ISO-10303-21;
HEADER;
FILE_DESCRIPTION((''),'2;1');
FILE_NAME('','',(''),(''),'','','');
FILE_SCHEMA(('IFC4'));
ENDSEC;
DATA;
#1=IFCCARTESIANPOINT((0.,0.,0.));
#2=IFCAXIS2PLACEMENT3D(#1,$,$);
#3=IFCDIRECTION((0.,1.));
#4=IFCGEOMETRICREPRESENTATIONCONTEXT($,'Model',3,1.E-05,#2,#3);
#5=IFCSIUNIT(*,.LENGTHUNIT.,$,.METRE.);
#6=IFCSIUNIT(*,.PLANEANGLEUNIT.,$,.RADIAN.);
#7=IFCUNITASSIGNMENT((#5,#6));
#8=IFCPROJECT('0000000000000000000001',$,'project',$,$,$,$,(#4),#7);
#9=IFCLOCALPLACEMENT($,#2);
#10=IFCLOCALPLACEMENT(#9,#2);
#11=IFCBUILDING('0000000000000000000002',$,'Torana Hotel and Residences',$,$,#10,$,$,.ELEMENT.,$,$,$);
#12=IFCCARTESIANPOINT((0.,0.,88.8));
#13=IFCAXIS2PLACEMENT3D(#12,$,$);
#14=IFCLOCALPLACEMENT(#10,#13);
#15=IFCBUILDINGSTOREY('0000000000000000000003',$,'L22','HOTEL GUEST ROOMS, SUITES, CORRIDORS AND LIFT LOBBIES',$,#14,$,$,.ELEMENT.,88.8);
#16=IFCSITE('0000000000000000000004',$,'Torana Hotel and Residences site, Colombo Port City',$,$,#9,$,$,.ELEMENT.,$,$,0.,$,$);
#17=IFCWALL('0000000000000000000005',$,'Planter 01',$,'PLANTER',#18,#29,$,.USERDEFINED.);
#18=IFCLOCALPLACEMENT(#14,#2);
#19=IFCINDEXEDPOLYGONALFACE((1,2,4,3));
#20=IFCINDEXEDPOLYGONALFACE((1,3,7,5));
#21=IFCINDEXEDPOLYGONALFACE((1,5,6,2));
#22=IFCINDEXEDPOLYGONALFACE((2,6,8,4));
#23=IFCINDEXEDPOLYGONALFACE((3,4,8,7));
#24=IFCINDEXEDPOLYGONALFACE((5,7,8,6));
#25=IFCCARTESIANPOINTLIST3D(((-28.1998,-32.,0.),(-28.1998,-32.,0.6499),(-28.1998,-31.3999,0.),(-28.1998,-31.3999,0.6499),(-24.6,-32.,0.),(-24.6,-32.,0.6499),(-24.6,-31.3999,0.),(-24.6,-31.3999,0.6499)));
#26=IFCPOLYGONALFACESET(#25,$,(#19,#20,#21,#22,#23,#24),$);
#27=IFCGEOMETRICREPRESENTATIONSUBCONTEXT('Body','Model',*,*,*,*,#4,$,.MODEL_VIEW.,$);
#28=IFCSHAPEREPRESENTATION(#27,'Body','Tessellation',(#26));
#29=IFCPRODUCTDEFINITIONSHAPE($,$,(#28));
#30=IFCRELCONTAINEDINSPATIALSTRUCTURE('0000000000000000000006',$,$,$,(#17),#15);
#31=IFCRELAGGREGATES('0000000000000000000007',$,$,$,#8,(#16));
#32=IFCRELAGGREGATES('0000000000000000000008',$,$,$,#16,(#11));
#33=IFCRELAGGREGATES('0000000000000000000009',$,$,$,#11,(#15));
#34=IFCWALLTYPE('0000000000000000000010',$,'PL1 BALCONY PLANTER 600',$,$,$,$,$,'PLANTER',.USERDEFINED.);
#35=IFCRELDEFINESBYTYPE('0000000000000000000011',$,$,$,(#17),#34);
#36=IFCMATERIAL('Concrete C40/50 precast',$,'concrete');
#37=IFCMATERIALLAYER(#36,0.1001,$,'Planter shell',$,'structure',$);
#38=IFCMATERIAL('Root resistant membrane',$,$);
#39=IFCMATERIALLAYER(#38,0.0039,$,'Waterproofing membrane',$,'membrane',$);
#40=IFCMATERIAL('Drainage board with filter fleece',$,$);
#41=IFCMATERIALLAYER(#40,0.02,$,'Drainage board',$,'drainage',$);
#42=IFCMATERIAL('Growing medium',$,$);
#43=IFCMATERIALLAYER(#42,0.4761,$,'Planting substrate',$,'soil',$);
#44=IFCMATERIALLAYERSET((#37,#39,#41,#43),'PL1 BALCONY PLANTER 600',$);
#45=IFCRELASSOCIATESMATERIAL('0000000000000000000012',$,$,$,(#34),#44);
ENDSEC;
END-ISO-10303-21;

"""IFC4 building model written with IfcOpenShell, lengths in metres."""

from ifc_helpers import new_model, si_unit, direction, frame, frame_2d, origin, place, context, subcontext, project, spatial, rectangle, extrude, material, layer, layer_set, type_object, element, save


model = new_model("IFC4")

# Units and contexts
model_context = context("Model", 3, precision=1e-05, world=origin(), true_north=direction((0.0, 1.0)))
body_context = subcontext(model_context, "Body", "Model", "MODEL_VIEW")
ifc_project = project(units=[si_unit("LENGTHUNIT", "METRE"), si_unit("PLANEANGLEUNIT", "RADIAN")], contexts=[model_context])

# Site, building, storey
site_placement = place(None, origin())
site = spatial("IfcSite", under=ifc_project, at=site_placement, Name="Torana Hotel and Residences site, Colombo Port City", CompositionType="ELEMENT", RefElevation=0.0)
building_placement = place(site_placement, origin())
building = spatial("IfcBuilding", under=site, at=building_placement, Name="Torana Hotel and Residences", CompositionType="ELEMENT")
storey_placement = place(building_placement, frame((0.0, 0.0, 88.8)))
storey = spatial("IfcBuildingStorey", under=building, at=storey_placement, Name="L22", Description="HOTEL GUEST ROOMS, SUITES, CORRIDORS AND LIFT LOBBIES", CompositionType="ELEMENT", Elevation=88.8)

# Wall
ifc_material_1 = material(Name="Concrete C40/50 precast", Category="concrete")
ifc_layer_1 = layer(ifc_material_1, 0.1001, Name="Planter shell", Category="structure")
ifc_material_2 = material(Name="Root resistant membrane")
ifc_layer_2 = layer(ifc_material_2, 0.0039, Name="Waterproofing membrane", Category="membrane")
ifc_material_3 = material(Name="Drainage board with filter fleece")
ifc_layer_3 = layer(ifc_material_3, 0.02, Name="Drainage board", Category="drainage")
ifc_material_4 = material(Name="Growing medium")
ifc_layer_4 = layer(ifc_material_4, 0.4761, Name="Planting substrate", Category="soil")
ifc_layer_set_1 = layer_set([ifc_layer_1, ifc_layer_2, ifc_layer_3, ifc_layer_4], Name="PL1 BALCONY PLANTER 600")
wall_type_1 = type_object("IfcWallType", Name="PL1 BALCONY PLANTER 600", ElementType="PLANTER", PredefinedType="USERDEFINED", material=ifc_layer_set_1)
wall_1_placement = place(storey_placement, frame((-24.6001, -31.7, 0.0), z_axis=(0.0, 0.0, 1.0), x_axis=(-1.0, 0.0, 0.0)))
element("IfcWall", 1, at=wall_1_placement, inside=storey, type_object=wall_type_1, Name="Planter 01", ObjectType="PLANTER", PredefinedType="USERDEFINED", context=body_context, shape_type="SweptSolid", body=[
    extrude(rectangle(XDim=3.5999, YDim=0.6001, at=frame_2d((1.7998, 0.0))), origin(), (0.0, 0.0, 1.0), 0.6499),
])

save(model, "model.ifc")
